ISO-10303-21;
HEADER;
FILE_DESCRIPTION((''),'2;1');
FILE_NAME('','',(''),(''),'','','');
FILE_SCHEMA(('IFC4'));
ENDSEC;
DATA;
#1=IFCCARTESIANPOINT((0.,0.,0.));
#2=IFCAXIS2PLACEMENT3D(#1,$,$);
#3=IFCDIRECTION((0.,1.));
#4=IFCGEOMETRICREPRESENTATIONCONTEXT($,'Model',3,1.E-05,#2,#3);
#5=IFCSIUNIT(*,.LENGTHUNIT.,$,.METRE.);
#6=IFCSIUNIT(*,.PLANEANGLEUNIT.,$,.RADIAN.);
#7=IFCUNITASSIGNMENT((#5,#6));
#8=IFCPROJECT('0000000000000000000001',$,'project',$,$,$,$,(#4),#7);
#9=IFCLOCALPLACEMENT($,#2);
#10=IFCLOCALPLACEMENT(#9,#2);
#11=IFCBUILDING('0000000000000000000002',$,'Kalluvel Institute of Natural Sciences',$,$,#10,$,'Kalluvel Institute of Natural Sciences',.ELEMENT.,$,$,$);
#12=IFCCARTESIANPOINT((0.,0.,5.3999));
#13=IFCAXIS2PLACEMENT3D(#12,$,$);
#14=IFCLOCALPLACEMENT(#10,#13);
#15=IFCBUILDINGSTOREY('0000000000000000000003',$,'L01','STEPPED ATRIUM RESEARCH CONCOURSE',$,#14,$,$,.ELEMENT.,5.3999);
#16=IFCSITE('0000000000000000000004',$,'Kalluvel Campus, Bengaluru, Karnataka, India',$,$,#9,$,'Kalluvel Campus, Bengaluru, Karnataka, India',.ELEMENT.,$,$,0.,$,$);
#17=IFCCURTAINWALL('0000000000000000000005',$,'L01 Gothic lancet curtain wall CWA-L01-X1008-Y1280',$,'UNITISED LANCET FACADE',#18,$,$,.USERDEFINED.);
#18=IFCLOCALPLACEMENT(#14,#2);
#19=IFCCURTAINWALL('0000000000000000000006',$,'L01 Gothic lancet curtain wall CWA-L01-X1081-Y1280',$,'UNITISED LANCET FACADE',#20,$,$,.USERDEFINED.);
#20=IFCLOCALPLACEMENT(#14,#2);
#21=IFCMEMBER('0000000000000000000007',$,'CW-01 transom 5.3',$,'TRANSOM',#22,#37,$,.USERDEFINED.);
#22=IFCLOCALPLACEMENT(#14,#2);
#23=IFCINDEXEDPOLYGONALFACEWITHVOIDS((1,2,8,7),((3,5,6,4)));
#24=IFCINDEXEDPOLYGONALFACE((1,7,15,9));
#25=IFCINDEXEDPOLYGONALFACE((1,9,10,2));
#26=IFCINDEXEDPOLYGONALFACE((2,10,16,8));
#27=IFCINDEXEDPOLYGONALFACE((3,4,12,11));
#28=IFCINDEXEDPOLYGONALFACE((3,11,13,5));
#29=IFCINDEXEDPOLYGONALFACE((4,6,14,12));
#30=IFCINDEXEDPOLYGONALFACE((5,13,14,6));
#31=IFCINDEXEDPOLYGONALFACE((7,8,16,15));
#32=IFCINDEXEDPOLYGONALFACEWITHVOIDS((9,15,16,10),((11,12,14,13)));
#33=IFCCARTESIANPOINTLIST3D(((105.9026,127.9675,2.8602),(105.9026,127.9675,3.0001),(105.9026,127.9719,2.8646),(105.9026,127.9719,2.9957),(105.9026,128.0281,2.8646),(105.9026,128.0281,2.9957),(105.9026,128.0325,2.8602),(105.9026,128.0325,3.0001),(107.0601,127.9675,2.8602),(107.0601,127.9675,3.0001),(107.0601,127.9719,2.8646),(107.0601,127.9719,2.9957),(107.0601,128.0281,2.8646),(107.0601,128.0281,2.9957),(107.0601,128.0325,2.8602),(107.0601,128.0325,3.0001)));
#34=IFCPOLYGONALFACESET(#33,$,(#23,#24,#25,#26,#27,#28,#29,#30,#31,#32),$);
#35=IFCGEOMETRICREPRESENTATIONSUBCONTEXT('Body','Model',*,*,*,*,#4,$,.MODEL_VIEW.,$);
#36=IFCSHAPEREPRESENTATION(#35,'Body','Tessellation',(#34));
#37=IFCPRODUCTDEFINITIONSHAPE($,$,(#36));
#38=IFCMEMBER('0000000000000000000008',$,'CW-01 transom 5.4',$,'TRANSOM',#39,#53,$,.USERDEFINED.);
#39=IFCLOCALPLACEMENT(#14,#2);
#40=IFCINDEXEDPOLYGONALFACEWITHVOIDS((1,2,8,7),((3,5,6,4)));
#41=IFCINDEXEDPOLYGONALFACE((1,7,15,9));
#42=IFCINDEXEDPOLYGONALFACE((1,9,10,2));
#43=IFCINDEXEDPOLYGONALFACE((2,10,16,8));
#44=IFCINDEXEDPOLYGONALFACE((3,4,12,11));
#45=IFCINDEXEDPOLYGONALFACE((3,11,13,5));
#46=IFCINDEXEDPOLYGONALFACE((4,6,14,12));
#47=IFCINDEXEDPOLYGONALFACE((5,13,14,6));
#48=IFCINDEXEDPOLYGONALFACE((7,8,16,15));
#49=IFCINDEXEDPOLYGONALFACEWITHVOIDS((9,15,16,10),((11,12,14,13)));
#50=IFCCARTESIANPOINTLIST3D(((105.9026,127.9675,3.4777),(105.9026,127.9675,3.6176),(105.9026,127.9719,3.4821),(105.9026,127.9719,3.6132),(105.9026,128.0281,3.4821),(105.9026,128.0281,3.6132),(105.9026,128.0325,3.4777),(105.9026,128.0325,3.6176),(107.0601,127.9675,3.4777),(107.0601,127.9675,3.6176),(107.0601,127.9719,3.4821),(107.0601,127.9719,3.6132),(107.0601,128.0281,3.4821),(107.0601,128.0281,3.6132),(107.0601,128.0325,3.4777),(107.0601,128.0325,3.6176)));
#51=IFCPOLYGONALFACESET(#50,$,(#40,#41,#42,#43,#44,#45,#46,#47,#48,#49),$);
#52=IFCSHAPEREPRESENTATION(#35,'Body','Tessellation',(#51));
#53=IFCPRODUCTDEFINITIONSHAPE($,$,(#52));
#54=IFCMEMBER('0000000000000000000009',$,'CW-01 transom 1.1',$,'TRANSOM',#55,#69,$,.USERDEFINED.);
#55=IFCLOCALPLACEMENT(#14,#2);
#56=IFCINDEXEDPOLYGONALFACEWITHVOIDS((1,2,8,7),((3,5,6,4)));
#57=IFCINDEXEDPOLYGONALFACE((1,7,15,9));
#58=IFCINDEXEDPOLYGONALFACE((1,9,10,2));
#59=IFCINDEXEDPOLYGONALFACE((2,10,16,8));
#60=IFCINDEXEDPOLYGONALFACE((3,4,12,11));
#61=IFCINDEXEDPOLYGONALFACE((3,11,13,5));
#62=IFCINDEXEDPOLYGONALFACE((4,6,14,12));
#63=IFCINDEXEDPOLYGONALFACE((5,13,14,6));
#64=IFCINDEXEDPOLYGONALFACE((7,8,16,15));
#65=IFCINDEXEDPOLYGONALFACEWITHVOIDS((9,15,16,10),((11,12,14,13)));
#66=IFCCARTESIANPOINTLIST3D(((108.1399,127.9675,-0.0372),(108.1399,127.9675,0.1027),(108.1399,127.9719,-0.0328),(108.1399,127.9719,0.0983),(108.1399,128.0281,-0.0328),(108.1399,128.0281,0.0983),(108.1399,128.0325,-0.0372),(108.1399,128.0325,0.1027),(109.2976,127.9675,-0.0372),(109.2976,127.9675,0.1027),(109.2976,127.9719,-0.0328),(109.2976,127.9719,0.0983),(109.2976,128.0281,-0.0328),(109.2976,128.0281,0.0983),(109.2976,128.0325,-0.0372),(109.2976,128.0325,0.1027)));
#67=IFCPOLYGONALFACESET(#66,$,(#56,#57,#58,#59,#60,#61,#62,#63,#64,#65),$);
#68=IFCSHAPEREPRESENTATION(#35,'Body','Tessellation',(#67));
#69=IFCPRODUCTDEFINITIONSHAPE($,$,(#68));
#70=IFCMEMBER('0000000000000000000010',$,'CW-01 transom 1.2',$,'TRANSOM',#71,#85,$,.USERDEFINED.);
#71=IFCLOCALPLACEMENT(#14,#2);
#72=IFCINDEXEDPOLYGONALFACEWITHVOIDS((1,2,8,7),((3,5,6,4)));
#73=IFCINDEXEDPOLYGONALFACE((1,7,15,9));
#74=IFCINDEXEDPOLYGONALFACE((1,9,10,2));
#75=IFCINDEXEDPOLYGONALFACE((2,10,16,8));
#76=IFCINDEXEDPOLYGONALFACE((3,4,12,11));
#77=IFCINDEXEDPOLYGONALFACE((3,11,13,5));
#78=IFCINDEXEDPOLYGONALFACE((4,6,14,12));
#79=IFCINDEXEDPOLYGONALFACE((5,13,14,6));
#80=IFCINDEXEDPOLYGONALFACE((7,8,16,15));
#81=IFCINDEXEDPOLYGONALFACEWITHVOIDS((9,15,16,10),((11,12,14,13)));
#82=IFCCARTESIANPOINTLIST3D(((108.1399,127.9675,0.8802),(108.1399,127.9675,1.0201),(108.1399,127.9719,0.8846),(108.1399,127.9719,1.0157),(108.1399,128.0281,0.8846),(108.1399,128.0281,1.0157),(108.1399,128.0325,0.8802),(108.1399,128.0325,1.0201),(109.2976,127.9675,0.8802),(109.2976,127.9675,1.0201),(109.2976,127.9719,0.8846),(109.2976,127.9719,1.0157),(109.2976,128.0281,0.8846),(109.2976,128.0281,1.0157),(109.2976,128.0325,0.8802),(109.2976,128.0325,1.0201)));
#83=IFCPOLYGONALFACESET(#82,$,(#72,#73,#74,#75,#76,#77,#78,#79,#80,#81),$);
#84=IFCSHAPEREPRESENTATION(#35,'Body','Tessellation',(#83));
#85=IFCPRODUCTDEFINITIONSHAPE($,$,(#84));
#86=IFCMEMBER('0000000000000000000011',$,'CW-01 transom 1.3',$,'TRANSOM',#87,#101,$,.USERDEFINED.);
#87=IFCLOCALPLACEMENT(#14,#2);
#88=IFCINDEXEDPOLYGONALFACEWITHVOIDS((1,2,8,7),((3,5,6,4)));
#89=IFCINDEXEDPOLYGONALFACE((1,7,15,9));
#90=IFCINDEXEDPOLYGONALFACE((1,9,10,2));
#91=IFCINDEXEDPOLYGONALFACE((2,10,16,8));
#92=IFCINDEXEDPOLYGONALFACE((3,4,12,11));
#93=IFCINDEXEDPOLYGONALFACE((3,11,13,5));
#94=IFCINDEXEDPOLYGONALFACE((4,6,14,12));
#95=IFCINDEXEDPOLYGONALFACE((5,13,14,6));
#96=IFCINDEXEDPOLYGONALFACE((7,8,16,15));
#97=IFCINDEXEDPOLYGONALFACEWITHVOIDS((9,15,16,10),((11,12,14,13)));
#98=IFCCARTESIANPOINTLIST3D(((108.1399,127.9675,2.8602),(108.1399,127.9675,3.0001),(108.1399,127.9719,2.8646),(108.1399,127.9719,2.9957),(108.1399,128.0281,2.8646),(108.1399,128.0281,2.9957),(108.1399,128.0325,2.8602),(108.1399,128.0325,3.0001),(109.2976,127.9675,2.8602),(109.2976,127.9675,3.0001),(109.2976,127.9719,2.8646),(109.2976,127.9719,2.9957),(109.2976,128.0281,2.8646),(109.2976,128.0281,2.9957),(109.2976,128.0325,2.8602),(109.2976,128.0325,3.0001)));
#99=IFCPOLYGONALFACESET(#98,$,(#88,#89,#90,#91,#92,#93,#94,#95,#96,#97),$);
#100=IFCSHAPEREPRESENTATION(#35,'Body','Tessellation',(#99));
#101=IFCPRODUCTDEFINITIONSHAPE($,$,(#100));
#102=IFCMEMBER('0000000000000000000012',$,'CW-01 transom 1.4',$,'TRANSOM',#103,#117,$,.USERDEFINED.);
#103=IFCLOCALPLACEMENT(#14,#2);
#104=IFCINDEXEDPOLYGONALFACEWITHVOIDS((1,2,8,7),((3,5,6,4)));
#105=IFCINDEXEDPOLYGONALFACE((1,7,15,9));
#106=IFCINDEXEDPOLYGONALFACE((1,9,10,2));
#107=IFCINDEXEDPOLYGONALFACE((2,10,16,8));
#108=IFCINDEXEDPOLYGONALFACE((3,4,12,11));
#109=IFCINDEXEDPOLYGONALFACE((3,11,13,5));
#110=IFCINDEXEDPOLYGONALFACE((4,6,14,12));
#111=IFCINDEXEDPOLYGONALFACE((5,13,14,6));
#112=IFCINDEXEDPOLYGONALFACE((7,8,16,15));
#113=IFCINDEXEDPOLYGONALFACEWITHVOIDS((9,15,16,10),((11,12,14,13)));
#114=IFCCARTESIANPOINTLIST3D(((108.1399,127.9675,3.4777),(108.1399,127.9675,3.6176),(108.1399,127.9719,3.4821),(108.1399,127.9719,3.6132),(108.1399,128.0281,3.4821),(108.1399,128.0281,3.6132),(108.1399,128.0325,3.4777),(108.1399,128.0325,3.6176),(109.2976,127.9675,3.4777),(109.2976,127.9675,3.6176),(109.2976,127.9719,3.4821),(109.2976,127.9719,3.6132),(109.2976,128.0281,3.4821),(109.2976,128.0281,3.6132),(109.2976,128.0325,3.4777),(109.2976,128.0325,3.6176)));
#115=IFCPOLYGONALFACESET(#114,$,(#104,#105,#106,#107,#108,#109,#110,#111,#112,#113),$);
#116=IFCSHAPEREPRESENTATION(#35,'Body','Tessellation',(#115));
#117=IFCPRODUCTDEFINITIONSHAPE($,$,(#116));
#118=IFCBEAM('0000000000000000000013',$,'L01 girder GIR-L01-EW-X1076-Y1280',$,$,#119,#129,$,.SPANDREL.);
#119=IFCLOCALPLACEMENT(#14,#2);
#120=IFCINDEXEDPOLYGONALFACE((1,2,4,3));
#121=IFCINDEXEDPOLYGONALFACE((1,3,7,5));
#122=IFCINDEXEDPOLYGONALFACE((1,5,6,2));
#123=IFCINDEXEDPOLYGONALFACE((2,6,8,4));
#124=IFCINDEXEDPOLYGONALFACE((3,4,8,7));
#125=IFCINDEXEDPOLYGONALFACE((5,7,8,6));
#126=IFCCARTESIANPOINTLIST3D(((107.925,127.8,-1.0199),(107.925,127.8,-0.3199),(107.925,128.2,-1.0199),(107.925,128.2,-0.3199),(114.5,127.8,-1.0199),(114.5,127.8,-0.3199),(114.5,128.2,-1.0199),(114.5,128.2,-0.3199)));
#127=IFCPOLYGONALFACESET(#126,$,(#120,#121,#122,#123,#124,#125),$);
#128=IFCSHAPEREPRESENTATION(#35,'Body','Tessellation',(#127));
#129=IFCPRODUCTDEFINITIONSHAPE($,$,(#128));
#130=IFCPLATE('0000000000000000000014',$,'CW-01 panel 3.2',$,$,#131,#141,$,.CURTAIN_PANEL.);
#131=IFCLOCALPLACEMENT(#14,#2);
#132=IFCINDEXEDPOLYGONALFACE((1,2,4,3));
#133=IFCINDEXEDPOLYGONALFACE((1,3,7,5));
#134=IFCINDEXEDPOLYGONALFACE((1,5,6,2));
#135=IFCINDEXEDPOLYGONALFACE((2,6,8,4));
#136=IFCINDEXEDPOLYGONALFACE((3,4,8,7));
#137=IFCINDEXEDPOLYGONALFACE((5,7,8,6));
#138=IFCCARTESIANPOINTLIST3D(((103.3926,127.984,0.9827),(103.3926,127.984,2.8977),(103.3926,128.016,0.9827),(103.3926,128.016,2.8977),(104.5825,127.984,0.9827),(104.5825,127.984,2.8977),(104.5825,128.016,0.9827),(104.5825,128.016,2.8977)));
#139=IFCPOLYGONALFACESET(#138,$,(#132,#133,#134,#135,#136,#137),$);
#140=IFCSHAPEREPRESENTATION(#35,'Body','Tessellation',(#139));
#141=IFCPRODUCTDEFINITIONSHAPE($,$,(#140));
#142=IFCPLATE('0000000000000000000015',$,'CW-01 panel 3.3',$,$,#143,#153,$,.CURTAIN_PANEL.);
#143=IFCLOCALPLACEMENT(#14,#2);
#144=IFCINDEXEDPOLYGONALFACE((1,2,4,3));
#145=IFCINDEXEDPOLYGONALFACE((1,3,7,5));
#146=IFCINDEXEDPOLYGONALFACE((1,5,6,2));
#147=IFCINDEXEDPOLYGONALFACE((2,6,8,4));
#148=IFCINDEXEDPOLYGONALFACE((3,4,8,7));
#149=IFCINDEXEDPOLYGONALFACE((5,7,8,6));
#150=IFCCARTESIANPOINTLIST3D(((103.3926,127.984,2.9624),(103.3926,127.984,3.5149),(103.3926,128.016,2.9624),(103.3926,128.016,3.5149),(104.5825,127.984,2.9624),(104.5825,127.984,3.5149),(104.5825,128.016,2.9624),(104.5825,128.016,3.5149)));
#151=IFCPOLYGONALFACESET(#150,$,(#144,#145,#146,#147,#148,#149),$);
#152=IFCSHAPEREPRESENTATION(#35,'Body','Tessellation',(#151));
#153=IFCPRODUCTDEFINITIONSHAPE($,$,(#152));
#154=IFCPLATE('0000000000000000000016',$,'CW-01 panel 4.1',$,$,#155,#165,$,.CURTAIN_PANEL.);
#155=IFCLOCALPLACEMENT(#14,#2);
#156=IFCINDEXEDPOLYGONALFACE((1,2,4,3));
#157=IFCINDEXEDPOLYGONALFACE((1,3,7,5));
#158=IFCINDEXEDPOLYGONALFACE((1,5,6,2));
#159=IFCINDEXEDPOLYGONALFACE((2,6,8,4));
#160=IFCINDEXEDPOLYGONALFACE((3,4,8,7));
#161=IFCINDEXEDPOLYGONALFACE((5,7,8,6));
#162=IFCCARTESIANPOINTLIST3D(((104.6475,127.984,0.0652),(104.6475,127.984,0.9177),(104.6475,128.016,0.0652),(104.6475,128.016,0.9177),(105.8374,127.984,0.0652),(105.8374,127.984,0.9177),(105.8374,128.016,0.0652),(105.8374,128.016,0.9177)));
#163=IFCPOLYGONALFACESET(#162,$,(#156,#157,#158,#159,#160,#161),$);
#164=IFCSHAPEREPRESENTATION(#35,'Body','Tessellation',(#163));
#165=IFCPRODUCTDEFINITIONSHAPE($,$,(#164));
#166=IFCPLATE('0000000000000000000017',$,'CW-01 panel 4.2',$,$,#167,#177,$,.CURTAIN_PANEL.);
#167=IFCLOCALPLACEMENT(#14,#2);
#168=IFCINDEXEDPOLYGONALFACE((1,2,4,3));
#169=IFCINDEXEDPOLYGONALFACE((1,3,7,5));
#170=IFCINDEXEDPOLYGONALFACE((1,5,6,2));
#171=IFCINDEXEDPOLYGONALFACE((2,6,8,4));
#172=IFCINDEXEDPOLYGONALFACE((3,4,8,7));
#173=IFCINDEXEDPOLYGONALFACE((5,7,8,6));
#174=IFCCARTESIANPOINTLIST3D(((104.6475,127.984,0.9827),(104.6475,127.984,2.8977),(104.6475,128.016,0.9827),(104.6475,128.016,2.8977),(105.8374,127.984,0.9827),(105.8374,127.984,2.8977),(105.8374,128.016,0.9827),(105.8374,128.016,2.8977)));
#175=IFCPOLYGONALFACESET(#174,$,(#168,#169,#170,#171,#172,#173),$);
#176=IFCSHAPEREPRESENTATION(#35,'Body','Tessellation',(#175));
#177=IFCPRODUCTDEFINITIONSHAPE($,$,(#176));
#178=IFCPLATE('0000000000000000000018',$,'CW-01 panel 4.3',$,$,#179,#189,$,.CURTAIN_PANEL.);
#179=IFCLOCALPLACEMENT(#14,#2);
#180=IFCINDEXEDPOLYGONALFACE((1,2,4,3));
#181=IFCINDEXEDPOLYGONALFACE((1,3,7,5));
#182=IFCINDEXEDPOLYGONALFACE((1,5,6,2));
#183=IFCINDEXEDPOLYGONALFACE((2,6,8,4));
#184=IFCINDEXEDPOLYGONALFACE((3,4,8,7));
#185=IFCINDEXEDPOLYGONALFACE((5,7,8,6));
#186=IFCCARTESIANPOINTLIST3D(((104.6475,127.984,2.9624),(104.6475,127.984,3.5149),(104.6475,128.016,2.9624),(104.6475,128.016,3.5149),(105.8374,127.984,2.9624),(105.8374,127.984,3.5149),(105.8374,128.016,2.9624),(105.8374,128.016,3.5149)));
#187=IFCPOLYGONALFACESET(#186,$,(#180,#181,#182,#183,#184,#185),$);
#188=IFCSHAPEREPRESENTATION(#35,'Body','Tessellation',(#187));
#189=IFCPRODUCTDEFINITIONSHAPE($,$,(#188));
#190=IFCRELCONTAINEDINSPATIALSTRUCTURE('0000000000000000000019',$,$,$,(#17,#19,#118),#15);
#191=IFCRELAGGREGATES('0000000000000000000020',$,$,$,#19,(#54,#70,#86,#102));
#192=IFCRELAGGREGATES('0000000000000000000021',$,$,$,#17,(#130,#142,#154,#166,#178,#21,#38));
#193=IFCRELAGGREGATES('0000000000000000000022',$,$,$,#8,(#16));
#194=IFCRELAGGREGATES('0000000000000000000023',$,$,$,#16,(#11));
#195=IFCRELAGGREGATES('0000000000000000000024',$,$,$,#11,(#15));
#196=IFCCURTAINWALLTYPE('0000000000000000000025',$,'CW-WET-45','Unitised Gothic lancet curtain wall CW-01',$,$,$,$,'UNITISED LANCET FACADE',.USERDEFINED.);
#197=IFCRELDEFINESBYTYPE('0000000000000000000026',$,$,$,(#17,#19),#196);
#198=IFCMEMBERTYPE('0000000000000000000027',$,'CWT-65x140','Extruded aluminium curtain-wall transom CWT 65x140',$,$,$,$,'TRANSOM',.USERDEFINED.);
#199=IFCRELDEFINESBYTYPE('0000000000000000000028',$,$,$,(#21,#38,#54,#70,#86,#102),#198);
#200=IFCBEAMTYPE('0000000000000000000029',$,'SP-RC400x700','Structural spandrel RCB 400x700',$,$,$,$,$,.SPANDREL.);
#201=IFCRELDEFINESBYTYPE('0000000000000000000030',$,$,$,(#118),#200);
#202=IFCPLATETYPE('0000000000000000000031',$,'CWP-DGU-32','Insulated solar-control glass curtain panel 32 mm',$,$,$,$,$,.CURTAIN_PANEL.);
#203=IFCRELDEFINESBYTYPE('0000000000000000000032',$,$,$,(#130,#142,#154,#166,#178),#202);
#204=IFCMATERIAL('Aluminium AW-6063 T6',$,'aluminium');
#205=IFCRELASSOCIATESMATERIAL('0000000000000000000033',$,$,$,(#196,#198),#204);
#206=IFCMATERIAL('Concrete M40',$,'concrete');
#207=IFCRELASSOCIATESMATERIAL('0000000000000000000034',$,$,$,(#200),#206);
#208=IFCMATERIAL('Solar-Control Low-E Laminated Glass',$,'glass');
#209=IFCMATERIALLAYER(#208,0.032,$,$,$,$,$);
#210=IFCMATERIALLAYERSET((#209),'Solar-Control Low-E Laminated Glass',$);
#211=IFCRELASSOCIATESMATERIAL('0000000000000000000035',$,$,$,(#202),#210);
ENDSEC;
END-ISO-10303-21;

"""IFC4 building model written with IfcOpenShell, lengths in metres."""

from ifc_helpers import new_model, si_unit, direction, frame, origin, origin_2d, place, context, subcontext, project, spatial, rectangle, hollow_rectangle, extrude, material, layer, layer_set, material_profile, profile_set, type_object, element, aggregate, save


model = new_model("IFC4")

# Units and contexts
model_context = context("Model", 3, precision=1e-05, world=origin(), true_north=direction((0.0, 1.0)))
body_context = subcontext(model_context, "Body", "Model", "MODEL_VIEW")
ifc_project = project(units=[si_unit("LENGTHUNIT", "METRE"), si_unit("PLANEANGLEUNIT", "RADIAN")], contexts=[model_context])

# Site, building, storey
site_placement = place(None, origin())
site = spatial("IfcSite", under=ifc_project, at=site_placement, Name="Kalluvel Campus, Bengaluru, Karnataka, India", LongName="Kalluvel Campus, Bengaluru, Karnataka, India", CompositionType="ELEMENT", RefElevation=0.0)
building_placement = place(site_placement, origin())
building = spatial("IfcBuilding", under=site, at=building_placement, Name="Kalluvel Institute of Natural Sciences", LongName="Kalluvel Institute of Natural Sciences", CompositionType="ELEMENT")
storey_placement = place(building_placement, frame((0.0, 0.0, 5.3999)))
storey = spatial("IfcBuildingStorey", under=building, at=storey_placement, Name="L01", Description="STEPPED ATRIUM RESEARCH CONCOURSE", CompositionType="ELEMENT", Elevation=5.3999)

# Curtain wall
ifc_material_1 = material(Name="Aluminium AW-6063 T6", Category="aluminium")
curtain_wall_type = type_object("IfcCurtainWallType", Name="CW-WET-45", Description="Unitised Gothic lancet curtain wall CW-01", ElementType="UNITISED LANCET FACADE", PredefinedType="USERDEFINED", material=ifc_material_1)
curtain_wall_1_placement = place(storey_placement, origin())
curtain_wall_1 = element("IfcCurtainWall", 1, at=curtain_wall_1_placement, inside=storey, type_object=curtain_wall_type, Name="L01 Gothic lancet curtain wall CWA-L01-X1008-Y1280", ObjectType="UNITISED LANCET FACADE", PredefinedType="USERDEFINED")

# Curtain wall
curtain_wall_2_placement = place(storey_placement, origin())
curtain_wall_2 = element("IfcCurtainWall", 2, at=curtain_wall_2_placement, inside=storey, type_object=curtain_wall_type, Name="L01 Gothic lancet curtain wall CWA-L01-X1081-Y1280", ObjectType="UNITISED LANCET FACADE", PredefinedType="USERDEFINED")

# Members
ifc_material_profile_1 = material_profile(ifc_material_1, hollow_rectangle(XDim=0.0649, YDim=0.1399, WallThickness=0.0044, at=origin_2d()), Name="CWT 65x140")
ifc_profile_set_1 = profile_set([ifc_material_profile_1], Name="Aluminium AW-6063 T6")
member_type_1 = type_object("IfcMemberType", Name="CWT-65x140", Description="Extruded aluminium curtain-wall transom CWT 65x140", ElementType="TRANSOM", PredefinedType="USERDEFINED", material=ifc_profile_set_1)
member_1_placement = place(storey_placement, frame((105.9026, 128.0, 2.9302), z_axis=(1.0, 0.0, 0.0), x_axis=(0.0, 1.0, 0.0)))
member_1 = element("IfcMember", 3, at=member_1_placement, type_object=member_type_1, Name="CW-01 transom 5.3", ObjectType="TRANSOM", PredefinedType="USERDEFINED", context=body_context, shape_type="SweptSolid", body=[
    extrude(hollow_rectangle(XDim=0.0649, YDim=0.1399, WallThickness=0.0044, at=origin_2d()), origin(), (0.0, 0.0, 1.0), 1.1575),
])
member_2_placement = place(storey_placement, frame((105.9026, 128.0, 3.5476), z_axis=(1.0, 0.0, 0.0), x_axis=(0.0, 1.0, 0.0)))
member_2 = element("IfcMember", 4, at=member_2_placement, type_object=member_type_1, Name="CW-01 transom 5.4", ObjectType="TRANSOM", PredefinedType="USERDEFINED", context=body_context, shape_type="SweptSolid", body=[
    extrude(hollow_rectangle(XDim=0.0649, YDim=0.1399, WallThickness=0.0044, at=origin_2d()), origin(), (0.0, 0.0, 1.0), 1.1575),
])
member_3_placement = place(storey_placement, frame((108.1399, 128.0, 0.0327), z_axis=(1.0, 0.0, 0.0), x_axis=(0.0, 1.0, 0.0)))
member_3 = element("IfcMember", 5, at=member_3_placement, type_object=member_type_1, Name="CW-01 transom 1.1", ObjectType="TRANSOM", PredefinedType="USERDEFINED", context=body_context, shape_type="SweptSolid", body=[
    extrude(hollow_rectangle(XDim=0.0649, YDim=0.1399, WallThickness=0.0044, at=origin_2d()), origin(), (0.0, 0.0, 1.0), 1.1577),
])
member_4_placement = place(storey_placement, frame((108.1399, 128.0, 0.9502), z_axis=(1.0, 0.0, 0.0), x_axis=(0.0, 1.0, 0.0)))
member_4 = element("IfcMember", 6, at=member_4_placement, type_object=member_type_1, Name="CW-01 transom 1.2", ObjectType="TRANSOM", PredefinedType="USERDEFINED", context=body_context, shape_type="SweptSolid", body=[
    extrude(hollow_rectangle(XDim=0.0649, YDim=0.1399, WallThickness=0.0044, at=origin_2d()), origin(), (0.0, 0.0, 1.0), 1.1577),
])
member_5_placement = place(storey_placement, frame((108.1399, 128.0, 2.9302), z_axis=(1.0, 0.0, 0.0), x_axis=(0.0, 1.0, 0.0)))
member_5 = element("IfcMember", 7, at=member_5_placement, type_object=member_type_1, Name="CW-01 transom 1.3", ObjectType="TRANSOM", PredefinedType="USERDEFINED", context=body_context, shape_type="SweptSolid", body=[
    extrude(hollow_rectangle(XDim=0.0649, YDim=0.1399, WallThickness=0.0044, at=origin_2d()), origin(), (0.0, 0.0, 1.0), 1.1577),
])
member_6_placement = place(storey_placement, frame((108.1399, 128.0, 3.5476), z_axis=(1.0, 0.0, 0.0), x_axis=(0.0, 1.0, 0.0)))
member_6 = element("IfcMember", 8, at=member_6_placement, type_object=member_type_1, Name="CW-01 transom 1.4", ObjectType="TRANSOM", PredefinedType="USERDEFINED", context=body_context, shape_type="SweptSolid", body=[
    extrude(hollow_rectangle(XDim=0.0649, YDim=0.1399, WallThickness=0.0044, at=origin_2d()), origin(), (0.0, 0.0, 1.0), 1.1577),
])
aggregate(curtain_wall_2, [member_3, member_4, member_5, member_6])

# Beam
ifc_material_2 = material(Name="Concrete M40", Category="concrete")
ifc_material_profile_2 = material_profile(ifc_material_2, rectangle(XDim=0.3999, YDim=0.7, at=origin_2d()), Name="RCB 400x700")
ifc_profile_set_2 = profile_set([ifc_material_profile_2], Name="Concrete M40")
beam_type = type_object("IfcBeamType", Name="SP-RC400x700", Description="Structural spandrel RCB 400x700", PredefinedType="SPANDREL", material=ifc_profile_set_2)
beam_placement = place(storey_placement, frame((107.925, 128.0, -0.6699), z_axis=(1.0, 0.0, 0.0), x_axis=(0.0, 1.0, 0.0)))
element("IfcBeam", 9, at=beam_placement, inside=storey, type_object=beam_type, Name="L01 girder GIR-L01-EW-X1076-Y1280", PredefinedType="SPANDREL", context=body_context, shape_type="SweptSolid", body=[
    extrude(rectangle(XDim=0.3999, YDim=0.7, at=origin_2d()), origin(), (0.0, 0.0, 1.0), 6.575),
])

# Plates
ifc_material_3 = material(Name="Solar-Control Low-E Laminated Glass", Category="glass")
ifc_layer = layer(ifc_material_3, 0.032)
ifc_layer_set = layer_set([ifc_layer], Name="Solar-Control Low-E Laminated Glass")
plate_type = type_object("IfcPlateType", Name="CWP-DGU-32", Description="Insulated solar-control glass curtain panel 32 mm", PredefinedType="CURTAIN_PANEL", material=ifc_layer_set)
plate_1_placement = place(storey_placement, frame((103.9875, 128.0, 0.9827), z_axis=(0.0, 0.0, 1.0), x_axis=(1.0, 0.0, 0.0)))
plate_1 = element("IfcPlate", 10, at=plate_1_placement, type_object=plate_type, Name="CW-01 panel 3.2", PredefinedType="CURTAIN_PANEL", context=body_context, shape_type="SweptSolid", body=[
    extrude(rectangle(XDim=1.1899, YDim=0.032, at=origin_2d()), origin(), (0.0, 0.0, 1.0), 1.915),
])
plate_2_placement = place(storey_placement, frame((103.9875, 128.0, 2.9624), z_axis=(0.0, 0.0, 1.0), x_axis=(1.0, 0.0, 0.0)))
plate_2 = element("IfcPlate", 11, at=plate_2_placement, type_object=plate_type, Name="CW-01 panel 3.3", PredefinedType="CURTAIN_PANEL", context=body_context, shape_type="SweptSolid", body=[
    extrude(rectangle(XDim=1.1899, YDim=0.032, at=origin_2d()), origin(), (0.0, 0.0, 1.0), 0.5525),
])
plate_3_placement = place(storey_placement, frame((105.2424, 128.0, 0.0652), z_axis=(0.0, 0.0, 1.0), x_axis=(1.0, 0.0, 0.0)))
plate_3 = element("IfcPlate", 12, at=plate_3_placement, type_object=plate_type, Name="CW-01 panel 4.1", PredefinedType="CURTAIN_PANEL", context=body_context, shape_type="SweptSolid", body=[
    extrude(rectangle(XDim=1.1899, YDim=0.032, at=origin_2d()), origin(), (0.0, 0.0, 1.0), 0.8525),
])
plate_4_placement = place(storey_placement, frame((105.2424, 128.0, 0.9827), z_axis=(0.0, 0.0, 1.0), x_axis=(1.0, 0.0, 0.0)))
plate_4 = element("IfcPlate", 13, at=plate_4_placement, type_object=plate_type, Name="CW-01 panel 4.2", PredefinedType="CURTAIN_PANEL", context=body_context, shape_type="SweptSolid", body=[
    extrude(rectangle(XDim=1.1899, YDim=0.032, at=origin_2d()), origin(), (0.0, 0.0, 1.0), 1.915),
])
plate_5_placement = place(storey_placement, frame((105.2424, 128.0, 2.9624), z_axis=(0.0, 0.0, 1.0), x_axis=(1.0, 0.0, 0.0)))
plate_5 = element("IfcPlate", 14, at=plate_5_placement, type_object=plate_type, Name="CW-01 panel 4.3", PredefinedType="CURTAIN_PANEL", context=body_context, shape_type="SweptSolid", body=[
    extrude(rectangle(XDim=1.1899, YDim=0.032, at=origin_2d()), origin(), (0.0, 0.0, 1.0), 0.5525),
])
aggregate(curtain_wall_1, [plate_1, plate_2, plate_3, plate_4, plate_5, member_1, member_2])

save(model, "model.ifc")
